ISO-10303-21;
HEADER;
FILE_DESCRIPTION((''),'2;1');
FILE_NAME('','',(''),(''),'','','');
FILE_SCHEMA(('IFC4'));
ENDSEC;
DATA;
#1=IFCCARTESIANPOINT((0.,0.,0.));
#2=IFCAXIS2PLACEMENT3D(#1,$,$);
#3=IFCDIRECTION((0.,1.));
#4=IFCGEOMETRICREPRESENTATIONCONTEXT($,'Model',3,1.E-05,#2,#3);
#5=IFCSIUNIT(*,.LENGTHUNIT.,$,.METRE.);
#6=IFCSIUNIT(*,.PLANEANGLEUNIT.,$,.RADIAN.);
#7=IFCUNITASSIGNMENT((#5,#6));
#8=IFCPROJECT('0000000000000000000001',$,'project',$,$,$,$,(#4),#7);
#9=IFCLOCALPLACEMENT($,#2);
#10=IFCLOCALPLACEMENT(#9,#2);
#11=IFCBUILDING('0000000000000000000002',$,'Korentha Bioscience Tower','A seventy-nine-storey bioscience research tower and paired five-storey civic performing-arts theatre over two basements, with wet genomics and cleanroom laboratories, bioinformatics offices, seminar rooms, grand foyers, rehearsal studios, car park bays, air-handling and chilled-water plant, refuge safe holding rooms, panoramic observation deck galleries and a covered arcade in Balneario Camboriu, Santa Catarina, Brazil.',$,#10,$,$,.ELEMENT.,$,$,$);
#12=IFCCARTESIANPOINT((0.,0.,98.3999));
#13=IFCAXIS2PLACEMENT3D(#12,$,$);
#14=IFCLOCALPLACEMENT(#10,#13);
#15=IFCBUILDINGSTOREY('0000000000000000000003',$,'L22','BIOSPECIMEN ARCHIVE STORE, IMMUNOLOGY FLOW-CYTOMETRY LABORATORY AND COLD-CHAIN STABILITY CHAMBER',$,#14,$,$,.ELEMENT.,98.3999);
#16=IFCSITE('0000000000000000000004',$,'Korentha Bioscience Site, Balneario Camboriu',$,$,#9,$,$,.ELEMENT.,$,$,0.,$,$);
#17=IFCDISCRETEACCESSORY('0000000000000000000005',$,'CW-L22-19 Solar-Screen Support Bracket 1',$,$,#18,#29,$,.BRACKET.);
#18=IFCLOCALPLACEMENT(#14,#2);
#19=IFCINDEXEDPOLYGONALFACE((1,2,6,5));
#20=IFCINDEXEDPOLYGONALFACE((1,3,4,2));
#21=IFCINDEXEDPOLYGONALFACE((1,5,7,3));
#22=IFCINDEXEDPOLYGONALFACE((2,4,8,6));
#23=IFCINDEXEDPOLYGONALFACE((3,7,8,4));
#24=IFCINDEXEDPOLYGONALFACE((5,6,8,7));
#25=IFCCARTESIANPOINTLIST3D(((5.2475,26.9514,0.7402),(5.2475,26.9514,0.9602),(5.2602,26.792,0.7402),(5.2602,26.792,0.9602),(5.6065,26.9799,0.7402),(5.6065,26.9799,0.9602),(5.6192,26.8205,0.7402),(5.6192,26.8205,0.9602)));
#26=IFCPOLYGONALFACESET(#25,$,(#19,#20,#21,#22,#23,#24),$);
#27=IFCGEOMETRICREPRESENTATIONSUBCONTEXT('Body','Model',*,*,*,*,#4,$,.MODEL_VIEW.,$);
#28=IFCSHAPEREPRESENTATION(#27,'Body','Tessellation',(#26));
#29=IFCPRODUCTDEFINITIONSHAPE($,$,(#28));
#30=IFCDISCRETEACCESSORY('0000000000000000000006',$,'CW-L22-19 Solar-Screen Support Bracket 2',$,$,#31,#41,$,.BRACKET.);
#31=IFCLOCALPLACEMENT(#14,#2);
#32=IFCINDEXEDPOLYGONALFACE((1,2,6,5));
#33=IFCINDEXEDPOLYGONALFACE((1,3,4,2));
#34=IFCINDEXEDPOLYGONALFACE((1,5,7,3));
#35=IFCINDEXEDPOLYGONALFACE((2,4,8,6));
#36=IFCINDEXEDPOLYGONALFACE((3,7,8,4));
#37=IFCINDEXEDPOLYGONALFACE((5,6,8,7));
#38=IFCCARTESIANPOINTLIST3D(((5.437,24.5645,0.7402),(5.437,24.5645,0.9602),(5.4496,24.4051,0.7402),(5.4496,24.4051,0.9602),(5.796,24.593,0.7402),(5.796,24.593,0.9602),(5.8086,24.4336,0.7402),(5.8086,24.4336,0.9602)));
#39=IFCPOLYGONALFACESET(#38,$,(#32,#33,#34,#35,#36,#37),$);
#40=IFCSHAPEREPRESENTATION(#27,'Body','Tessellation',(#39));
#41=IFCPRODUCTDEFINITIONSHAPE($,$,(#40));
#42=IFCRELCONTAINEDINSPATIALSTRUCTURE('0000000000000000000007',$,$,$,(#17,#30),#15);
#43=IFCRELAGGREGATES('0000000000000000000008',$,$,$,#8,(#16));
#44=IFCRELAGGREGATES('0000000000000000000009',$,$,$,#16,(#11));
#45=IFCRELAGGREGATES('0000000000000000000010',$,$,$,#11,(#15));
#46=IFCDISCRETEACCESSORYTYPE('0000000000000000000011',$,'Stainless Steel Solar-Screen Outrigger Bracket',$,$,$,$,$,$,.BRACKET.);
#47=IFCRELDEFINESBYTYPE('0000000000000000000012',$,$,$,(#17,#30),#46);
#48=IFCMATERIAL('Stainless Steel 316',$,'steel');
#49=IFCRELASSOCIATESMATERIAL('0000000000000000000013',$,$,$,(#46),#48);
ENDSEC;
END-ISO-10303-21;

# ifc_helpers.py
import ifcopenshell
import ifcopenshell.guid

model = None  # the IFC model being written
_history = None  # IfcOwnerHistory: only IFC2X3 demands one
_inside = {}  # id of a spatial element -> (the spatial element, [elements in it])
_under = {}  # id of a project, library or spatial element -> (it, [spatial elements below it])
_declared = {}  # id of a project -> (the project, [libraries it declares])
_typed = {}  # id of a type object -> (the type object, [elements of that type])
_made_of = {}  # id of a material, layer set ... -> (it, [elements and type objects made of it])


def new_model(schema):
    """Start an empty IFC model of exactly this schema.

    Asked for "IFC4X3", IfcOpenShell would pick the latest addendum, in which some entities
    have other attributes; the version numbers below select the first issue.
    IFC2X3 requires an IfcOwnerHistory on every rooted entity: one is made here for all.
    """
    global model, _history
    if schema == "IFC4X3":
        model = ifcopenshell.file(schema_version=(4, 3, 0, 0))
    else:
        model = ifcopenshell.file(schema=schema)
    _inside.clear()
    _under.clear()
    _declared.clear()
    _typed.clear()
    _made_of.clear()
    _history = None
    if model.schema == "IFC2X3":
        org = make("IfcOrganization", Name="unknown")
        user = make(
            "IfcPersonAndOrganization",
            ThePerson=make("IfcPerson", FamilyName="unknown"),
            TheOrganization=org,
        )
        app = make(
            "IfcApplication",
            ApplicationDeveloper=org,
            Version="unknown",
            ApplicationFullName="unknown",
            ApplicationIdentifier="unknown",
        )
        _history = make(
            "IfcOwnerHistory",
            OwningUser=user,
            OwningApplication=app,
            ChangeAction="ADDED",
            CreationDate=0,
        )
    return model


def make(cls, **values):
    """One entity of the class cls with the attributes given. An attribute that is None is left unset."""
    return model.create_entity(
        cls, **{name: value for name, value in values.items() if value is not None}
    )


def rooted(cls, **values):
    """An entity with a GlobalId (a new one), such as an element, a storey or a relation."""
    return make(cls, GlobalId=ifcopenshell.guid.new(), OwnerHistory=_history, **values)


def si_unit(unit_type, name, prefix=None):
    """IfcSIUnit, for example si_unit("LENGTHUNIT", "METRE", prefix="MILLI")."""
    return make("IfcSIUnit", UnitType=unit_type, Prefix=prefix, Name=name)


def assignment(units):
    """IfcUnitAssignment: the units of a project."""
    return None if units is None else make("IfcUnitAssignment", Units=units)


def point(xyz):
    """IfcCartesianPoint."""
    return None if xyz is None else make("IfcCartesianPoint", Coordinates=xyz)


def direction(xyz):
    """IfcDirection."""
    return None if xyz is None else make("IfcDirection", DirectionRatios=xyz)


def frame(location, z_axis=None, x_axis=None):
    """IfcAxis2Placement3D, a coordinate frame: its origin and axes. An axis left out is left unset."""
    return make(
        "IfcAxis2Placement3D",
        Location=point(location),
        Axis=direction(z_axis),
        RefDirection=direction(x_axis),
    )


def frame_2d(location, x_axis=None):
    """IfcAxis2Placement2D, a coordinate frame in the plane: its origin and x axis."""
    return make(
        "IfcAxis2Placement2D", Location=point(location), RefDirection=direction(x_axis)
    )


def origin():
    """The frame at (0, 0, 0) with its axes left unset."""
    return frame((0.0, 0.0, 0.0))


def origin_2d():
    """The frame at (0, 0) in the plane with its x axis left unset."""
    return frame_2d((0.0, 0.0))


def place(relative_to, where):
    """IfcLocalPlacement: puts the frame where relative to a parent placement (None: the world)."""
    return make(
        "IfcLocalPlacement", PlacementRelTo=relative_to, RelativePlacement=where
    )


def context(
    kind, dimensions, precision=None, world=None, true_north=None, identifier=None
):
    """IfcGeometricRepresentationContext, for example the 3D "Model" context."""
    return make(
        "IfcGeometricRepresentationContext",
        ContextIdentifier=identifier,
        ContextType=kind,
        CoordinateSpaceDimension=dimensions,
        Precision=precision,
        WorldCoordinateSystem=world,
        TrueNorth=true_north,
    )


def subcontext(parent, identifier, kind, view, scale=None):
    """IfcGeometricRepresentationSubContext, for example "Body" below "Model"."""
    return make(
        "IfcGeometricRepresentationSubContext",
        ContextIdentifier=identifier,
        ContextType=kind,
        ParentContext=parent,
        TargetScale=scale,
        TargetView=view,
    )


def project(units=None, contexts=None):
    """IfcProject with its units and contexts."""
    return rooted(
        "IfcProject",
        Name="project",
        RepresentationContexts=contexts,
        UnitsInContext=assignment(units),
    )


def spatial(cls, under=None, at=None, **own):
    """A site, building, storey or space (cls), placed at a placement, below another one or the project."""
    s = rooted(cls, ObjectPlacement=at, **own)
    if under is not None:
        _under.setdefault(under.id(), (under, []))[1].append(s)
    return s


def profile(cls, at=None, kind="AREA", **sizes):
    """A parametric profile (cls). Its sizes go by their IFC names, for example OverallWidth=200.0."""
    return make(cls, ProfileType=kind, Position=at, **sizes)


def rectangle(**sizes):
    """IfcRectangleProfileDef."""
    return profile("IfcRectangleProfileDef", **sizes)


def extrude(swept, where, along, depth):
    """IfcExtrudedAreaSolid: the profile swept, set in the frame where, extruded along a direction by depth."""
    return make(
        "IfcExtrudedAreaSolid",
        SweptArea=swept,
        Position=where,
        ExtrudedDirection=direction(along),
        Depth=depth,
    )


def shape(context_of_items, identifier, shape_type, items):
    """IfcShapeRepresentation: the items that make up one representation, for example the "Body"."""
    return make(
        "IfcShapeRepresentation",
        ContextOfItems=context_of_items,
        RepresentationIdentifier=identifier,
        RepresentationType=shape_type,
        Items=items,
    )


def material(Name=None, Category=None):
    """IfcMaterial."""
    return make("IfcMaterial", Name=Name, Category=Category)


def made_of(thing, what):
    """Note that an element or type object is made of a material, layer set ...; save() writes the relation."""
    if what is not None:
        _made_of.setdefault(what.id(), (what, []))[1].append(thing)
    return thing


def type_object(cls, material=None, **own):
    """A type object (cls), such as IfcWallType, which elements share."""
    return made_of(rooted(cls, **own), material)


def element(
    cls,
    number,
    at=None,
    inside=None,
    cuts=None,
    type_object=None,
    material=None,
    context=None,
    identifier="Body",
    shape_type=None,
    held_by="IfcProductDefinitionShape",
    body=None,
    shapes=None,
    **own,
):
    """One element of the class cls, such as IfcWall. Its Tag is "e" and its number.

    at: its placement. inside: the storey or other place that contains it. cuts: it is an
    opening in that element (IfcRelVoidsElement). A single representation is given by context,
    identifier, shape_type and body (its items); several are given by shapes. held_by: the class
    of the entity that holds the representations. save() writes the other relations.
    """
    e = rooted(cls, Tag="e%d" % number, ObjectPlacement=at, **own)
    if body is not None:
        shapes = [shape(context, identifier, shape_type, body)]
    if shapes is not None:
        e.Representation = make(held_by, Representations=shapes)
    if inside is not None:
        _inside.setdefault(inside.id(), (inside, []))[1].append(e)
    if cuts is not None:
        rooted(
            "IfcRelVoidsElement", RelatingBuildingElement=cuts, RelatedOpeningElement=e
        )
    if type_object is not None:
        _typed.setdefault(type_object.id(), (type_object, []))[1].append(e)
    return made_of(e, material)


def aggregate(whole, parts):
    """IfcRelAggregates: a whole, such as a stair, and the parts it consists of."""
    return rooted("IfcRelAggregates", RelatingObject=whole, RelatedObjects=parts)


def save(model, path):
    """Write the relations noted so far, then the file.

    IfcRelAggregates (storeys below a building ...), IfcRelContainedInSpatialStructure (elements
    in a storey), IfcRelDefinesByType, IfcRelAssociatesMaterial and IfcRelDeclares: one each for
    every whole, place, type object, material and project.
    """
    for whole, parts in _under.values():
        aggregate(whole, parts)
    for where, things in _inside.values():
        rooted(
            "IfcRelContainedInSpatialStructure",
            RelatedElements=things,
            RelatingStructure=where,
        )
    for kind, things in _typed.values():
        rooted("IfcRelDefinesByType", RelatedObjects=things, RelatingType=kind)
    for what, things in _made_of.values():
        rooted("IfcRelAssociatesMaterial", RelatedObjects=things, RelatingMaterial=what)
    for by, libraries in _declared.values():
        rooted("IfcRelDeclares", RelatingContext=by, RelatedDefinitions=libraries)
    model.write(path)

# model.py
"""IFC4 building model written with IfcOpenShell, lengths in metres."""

from ifc_helpers import new_model, si_unit, direction, frame, origin, origin_2d, place, context, subcontext, project, spatial, rectangle, extrude, material, type_object, element, save


model = new_model("IFC4")

# Units and contexts
model_context = context("Model", 3, precision=1e-05, world=origin(), true_north=direction((0.0, 1.0)))
body_context = subcontext(model_context, "Body", "Model", "MODEL_VIEW")
ifc_project = project(units=[si_unit("LENGTHUNIT", "METRE"), si_unit("PLANEANGLEUNIT", "RADIAN")], contexts=[model_context])

# Site, building, storey
site_placement = place(None, origin())
site = spatial("IfcSite", under=ifc_project, at=site_placement, Name="Korentha Bioscience Site, Balneario Camboriu", CompositionType="ELEMENT", RefElevation=0.0)
building_placement = place(site_placement, origin())
building = spatial("IfcBuilding", under=site, at=building_placement, Name="Korentha Bioscience Tower", Description="A seventy-nine-storey bioscience research tower and paired five-storey civic performing-arts theatre over two basements, with wet genomics and cleanroom laboratories, bioinformatics offices, seminar rooms, grand foyers, rehearsal studios, car park bays, air-handling and chilled-water plant, refuge safe holding rooms, panoramic observation deck galleries and a covered arcade in Balneario Camboriu, Santa Catarina, Brazil.", CompositionType="ELEMENT")
storey_placement = place(building_placement, frame((0.0, 0.0, 98.3999)))
storey = spatial("IfcBuildingStorey", under=building, at=storey_placement, Name="L22", Description="BIOSPECIMEN ARCHIVE STORE, IMMUNOLOGY FLOW-CYTOMETRY LABORATORY AND COLD-CHAIN STABILITY CHAMBER", CompositionType="ELEMENT", Elevation=98.3999)

# Discrete accessories
ifc_material_1 = material(Name="Stainless Steel 316", Category="steel")
discrete_accessory_type = type_object("IfcDiscreteAccessoryType", Name="Stainless Steel Solar-Screen Outrigger Bracket", PredefinedType="BRACKET", material=ifc_material_1)
for number, where, z_axis, x_axis, name in (
    (1, (5.4333, 26.886, 0.7402), (0.0, 0.0, 1.0), (0.07913, -0.996864, 0.0), "CW-L22-19 Solar-Screen Support Bracket 1"),
    (2, (5.6228, 24.499, 0.7402), (0.0, 0.0, 1.0), (0.07913, -0.996864, 0.0), "CW-L22-19 Solar-Screen Support Bracket 2"),
):
    element("IfcDiscreteAccessory", number, at=place(storey_placement, frame(where, z_axis=z_axis, x_axis=x_axis)), inside=storey, type_object=discrete_accessory_type, Name=name, PredefinedType="BRACKET", context=body_context, shape_type="SweptSolid", body=[
        extrude(rectangle(XDim=0.1599, YDim=0.3601, at=origin_2d()), origin(), (0.0, 0.0, 1.0), 0.22),
    ])

save(model, "model.ifc")
